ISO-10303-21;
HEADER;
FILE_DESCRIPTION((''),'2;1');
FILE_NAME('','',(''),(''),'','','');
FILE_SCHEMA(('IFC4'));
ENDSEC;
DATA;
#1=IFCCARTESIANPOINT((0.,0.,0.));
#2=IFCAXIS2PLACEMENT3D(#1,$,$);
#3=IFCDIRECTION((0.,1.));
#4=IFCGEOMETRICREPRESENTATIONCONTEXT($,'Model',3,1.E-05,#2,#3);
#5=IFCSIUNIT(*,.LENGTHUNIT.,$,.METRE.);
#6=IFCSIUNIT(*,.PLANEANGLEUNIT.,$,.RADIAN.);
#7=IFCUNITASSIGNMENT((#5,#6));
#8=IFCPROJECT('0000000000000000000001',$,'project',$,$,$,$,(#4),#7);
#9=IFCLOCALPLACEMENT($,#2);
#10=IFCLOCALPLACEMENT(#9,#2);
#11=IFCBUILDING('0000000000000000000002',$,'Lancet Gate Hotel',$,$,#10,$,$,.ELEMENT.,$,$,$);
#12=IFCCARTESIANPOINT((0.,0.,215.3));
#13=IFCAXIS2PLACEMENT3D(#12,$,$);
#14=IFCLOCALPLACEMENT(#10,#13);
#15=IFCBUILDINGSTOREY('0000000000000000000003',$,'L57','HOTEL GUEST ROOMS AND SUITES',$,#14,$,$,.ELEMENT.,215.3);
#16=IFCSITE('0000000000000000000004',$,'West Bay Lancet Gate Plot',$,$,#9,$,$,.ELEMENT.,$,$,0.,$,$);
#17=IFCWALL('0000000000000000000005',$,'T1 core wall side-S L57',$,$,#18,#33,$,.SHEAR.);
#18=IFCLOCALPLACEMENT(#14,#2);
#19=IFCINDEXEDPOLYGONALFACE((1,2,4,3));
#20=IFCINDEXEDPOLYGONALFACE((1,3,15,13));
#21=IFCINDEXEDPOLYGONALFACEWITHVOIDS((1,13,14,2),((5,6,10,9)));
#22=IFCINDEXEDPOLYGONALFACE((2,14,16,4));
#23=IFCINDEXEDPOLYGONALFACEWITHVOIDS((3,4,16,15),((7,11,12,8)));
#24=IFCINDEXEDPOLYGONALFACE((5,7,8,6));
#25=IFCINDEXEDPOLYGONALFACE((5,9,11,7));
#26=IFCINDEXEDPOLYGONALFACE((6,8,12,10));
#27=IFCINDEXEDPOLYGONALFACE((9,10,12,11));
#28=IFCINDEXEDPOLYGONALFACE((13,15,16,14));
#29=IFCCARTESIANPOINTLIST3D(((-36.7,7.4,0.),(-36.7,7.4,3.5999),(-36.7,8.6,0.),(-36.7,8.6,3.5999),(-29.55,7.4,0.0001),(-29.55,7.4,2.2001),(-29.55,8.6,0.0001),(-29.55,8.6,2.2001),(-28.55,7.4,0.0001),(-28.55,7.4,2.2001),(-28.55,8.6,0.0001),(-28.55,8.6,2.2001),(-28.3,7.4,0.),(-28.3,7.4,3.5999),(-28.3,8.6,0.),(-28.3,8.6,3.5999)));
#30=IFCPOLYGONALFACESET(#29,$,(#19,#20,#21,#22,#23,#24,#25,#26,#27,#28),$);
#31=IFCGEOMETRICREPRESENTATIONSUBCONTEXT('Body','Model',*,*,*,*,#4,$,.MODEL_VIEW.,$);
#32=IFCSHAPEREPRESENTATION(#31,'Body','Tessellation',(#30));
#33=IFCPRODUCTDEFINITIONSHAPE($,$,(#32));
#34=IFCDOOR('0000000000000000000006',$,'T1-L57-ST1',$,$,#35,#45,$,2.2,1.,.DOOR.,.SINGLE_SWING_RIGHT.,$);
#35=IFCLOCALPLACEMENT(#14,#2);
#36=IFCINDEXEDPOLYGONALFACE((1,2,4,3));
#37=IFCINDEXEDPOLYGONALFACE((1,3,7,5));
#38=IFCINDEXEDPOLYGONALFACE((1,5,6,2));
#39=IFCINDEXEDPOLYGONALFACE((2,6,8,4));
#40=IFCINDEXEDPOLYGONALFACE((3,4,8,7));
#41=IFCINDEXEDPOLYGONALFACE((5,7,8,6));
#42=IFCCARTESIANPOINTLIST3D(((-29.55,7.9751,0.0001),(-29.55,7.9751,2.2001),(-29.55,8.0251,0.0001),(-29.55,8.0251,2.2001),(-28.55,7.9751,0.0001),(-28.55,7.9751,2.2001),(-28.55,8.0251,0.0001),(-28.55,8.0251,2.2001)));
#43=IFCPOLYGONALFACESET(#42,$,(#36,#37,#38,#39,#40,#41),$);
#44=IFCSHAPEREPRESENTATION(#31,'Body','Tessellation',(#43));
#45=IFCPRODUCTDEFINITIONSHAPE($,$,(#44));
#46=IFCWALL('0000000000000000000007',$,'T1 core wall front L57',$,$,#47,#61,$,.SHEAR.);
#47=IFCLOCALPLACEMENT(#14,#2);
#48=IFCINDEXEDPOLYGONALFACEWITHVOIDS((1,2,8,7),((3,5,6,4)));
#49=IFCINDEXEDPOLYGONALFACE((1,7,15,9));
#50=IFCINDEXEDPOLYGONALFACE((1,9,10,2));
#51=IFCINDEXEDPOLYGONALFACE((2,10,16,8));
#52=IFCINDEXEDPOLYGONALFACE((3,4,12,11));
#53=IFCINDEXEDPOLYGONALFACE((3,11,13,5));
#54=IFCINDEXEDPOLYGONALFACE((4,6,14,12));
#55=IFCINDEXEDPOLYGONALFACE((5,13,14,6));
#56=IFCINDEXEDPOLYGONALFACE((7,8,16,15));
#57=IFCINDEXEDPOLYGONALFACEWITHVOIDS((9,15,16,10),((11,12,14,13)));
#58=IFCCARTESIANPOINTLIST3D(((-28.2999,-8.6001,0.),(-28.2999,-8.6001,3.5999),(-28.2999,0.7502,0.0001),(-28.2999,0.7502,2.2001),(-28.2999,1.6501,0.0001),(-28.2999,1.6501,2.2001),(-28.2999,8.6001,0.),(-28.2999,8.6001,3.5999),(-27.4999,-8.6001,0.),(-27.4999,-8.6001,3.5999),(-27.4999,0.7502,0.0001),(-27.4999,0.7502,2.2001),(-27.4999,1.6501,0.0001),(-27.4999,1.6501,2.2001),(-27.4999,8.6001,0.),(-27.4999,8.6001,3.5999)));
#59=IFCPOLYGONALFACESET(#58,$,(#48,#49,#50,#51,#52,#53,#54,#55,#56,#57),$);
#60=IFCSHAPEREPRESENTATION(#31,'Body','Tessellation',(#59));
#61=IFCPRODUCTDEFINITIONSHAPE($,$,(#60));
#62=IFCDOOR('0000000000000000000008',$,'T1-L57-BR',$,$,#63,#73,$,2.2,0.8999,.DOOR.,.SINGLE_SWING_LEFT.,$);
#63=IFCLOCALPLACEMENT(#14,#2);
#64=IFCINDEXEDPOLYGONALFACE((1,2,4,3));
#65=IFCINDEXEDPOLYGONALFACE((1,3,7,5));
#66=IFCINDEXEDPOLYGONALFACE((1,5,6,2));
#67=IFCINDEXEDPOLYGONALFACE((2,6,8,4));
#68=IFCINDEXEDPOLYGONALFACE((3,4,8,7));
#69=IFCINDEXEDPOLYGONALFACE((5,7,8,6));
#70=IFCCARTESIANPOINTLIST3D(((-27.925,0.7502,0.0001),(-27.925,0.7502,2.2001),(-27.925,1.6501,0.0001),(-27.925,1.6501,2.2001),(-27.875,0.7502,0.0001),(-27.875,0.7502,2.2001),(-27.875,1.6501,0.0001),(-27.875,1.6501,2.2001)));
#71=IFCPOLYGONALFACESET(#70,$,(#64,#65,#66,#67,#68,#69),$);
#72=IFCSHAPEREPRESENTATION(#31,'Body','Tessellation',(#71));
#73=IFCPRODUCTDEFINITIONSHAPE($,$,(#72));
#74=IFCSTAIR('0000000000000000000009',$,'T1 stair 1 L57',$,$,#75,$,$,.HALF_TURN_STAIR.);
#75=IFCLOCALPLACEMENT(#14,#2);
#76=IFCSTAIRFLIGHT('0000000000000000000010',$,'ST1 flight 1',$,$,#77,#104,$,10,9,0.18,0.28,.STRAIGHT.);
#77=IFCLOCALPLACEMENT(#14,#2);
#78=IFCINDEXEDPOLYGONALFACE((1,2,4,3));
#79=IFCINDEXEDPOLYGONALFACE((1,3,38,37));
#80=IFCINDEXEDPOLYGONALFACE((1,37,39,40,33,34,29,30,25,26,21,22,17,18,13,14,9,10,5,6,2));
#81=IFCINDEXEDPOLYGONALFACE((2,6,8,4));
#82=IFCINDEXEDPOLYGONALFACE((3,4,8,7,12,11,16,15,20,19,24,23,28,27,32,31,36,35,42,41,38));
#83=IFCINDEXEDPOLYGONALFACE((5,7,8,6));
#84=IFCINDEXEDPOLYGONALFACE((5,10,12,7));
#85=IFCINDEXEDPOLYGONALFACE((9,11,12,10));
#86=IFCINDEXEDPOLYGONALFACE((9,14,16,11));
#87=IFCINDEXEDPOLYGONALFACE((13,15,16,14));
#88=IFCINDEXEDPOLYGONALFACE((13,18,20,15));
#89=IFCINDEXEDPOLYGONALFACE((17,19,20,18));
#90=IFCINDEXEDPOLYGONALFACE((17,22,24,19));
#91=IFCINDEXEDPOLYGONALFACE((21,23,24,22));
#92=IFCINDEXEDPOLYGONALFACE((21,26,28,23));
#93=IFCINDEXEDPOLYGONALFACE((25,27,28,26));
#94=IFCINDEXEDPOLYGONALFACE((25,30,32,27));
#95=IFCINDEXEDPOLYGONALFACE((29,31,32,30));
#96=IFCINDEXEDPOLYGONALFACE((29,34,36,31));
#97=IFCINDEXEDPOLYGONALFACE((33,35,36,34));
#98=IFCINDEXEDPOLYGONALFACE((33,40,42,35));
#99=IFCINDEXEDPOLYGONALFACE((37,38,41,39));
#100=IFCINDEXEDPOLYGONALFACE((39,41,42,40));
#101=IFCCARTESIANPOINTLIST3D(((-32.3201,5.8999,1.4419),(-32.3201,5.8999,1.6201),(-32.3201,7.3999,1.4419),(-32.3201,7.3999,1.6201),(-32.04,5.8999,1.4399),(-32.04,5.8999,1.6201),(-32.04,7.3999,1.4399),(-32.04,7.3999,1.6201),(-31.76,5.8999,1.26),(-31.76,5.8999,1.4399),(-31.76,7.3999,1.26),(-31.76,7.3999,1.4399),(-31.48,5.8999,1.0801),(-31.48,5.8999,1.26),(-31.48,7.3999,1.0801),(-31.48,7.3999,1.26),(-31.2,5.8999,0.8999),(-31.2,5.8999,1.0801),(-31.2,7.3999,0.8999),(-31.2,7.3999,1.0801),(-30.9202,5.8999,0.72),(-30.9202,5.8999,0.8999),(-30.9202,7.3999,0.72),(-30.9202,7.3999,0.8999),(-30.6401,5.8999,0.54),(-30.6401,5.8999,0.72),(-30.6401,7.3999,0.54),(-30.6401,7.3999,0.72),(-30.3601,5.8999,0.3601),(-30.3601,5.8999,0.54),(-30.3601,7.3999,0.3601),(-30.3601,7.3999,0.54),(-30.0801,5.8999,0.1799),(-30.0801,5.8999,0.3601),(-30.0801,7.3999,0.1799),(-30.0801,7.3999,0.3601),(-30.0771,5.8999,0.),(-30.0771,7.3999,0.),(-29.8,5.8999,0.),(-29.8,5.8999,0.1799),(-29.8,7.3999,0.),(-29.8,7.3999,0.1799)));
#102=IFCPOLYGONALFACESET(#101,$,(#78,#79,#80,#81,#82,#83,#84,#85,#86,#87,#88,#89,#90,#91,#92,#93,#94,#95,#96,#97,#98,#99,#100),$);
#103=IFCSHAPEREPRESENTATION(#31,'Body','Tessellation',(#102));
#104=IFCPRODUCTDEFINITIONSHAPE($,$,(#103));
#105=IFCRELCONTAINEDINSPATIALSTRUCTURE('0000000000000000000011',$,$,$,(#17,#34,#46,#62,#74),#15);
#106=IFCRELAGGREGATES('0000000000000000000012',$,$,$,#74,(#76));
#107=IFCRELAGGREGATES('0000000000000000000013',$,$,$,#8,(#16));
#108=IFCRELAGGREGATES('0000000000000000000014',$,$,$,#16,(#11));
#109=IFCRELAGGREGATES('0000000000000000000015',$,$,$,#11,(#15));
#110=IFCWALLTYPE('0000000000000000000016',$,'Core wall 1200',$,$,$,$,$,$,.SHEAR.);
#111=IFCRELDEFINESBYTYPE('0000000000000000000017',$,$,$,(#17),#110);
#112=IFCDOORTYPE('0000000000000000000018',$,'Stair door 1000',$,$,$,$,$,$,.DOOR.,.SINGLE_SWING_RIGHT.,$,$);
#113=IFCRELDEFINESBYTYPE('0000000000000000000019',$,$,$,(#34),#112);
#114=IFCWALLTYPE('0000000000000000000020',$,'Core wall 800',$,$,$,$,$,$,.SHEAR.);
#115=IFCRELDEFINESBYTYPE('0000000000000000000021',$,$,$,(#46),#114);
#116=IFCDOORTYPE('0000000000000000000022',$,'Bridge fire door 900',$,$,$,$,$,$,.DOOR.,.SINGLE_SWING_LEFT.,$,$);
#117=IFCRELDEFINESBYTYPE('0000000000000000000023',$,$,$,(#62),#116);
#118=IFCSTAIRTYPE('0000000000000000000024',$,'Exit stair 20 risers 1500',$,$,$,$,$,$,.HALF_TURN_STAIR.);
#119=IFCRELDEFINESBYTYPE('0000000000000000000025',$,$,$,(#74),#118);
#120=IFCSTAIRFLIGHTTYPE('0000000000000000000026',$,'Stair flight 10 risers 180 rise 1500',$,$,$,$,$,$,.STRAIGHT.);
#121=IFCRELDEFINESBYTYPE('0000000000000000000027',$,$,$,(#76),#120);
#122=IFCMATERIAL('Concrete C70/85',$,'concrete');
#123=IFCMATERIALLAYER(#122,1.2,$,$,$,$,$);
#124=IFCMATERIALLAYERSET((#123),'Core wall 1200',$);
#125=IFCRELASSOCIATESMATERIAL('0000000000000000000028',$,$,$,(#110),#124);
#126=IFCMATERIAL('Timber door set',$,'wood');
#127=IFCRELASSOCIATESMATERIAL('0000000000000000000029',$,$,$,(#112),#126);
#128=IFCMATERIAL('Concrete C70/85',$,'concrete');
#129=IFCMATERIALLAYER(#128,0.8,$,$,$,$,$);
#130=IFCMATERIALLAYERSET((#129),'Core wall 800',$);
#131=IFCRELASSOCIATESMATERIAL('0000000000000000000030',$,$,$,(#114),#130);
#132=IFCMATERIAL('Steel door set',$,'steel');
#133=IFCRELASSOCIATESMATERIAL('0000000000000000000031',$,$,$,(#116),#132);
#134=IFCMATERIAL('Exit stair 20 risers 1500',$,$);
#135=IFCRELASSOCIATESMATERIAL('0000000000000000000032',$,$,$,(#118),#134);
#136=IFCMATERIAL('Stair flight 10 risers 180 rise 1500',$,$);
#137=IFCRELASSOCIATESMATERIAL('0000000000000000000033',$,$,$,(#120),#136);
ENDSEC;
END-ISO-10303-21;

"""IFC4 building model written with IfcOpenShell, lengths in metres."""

from ifc_helpers import new_model, si_unit, direction, frame, frame_2d, origin, place, context, subcontext, project, spatial, polyline, rectangle, outline, extrude, material, layer, layer_set, type_object, element, fill, aggregate, save


model = new_model("IFC4")

# Units and contexts
model_context = context("Model", 3, precision=1e-05, world=origin(), true_north=direction((0.0, 1.0)))
body_context = subcontext(model_context, "Body", "Model", "MODEL_VIEW")
ifc_project = project(units=[si_unit("LENGTHUNIT", "METRE"), si_unit("PLANEANGLEUNIT", "RADIAN")], contexts=[model_context])

# Site, building, storey
site_placement = place(None, origin())
site = spatial("IfcSite", under=ifc_project, at=site_placement, Name="West Bay Lancet Gate Plot", CompositionType="ELEMENT", RefElevation=0.0)
building_placement = place(site_placement, origin())
building = spatial("IfcBuilding", under=site, at=building_placement, Name="Lancet Gate Hotel", CompositionType="ELEMENT")
storey_placement = place(building_placement, frame((0.0, 0.0, 215.3)))
storey = spatial("IfcBuildingStorey", under=building, at=storey_placement, Name="L57", Description="HOTEL GUEST ROOMS AND SUITES", CompositionType="ELEMENT", Elevation=215.3)

# Walls, openings, doors
ifc_material_1 = material(Name="Concrete C70/85", Category="concrete")
ifc_layer_1 = layer(ifc_material_1, 1.2)
ifc_layer_set_1 = layer_set([ifc_layer_1], Name="Core wall 1200")
wall_type_1 = type_object("IfcWallType", Name="Core wall 1200", PredefinedType="SHEAR", material=ifc_layer_set_1)
wall_1_placement = place(storey_placement, frame((-28.3, 8.0, 0.0), z_axis=(0.0, 0.0, 1.0), x_axis=(-1.0, 0.0, 0.0)))
wall_1 = element("IfcWall", 1, at=wall_1_placement, inside=storey, type_object=wall_type_1, Name="T1 core wall side-S L57", PredefinedType="SHEAR", context=body_context, shape_type="SweptSolid", body=[
    extrude(rectangle(XDim=8.3999, YDim=1.2, at=frame_2d((4.2, 0.0))), origin(), (0.0, 0.0, 1.0), 3.5999),
])
opening_1_placement = place(wall_1_placement, frame((0.25, 0.0, 0.0)))
opening_1 = element("IfcOpeningElement", 2, at=opening_1_placement, cuts=wall_1, PredefinedType="OPENING", context=body_context, shape_type="SweptSolid", body=[
    extrude(rectangle(XDim=1.0, YDim=2.2, at=frame_2d((0.5, 1.1001))), frame((0.0, 0.6099, 0.0), z_axis=(0.0, -1.0, 0.0), x_axis=(1.0, 0.0, 0.0)), (0.0, 0.0, 1.0), 1.22),
])
ifc_material_2 = material(Name="Timber door set", Category="wood")
door_type_1 = type_object("IfcDoorType", Name="Stair door 1000", OperationType="SINGLE_SWING_RIGHT", PredefinedType="DOOR", material=ifc_material_2)
door_1_placement = place(opening_1_placement, origin())
door_1 = element("IfcDoor", 3, at=door_1_placement, inside=storey, type_object=door_type_1, Name="T1-L57-ST1", OperationType="SINGLE_SWING_RIGHT", OverallHeight=2.2, OverallWidth=1.0, PredefinedType="DOOR", context=body_context, shape_type="SweptSolid", body=[
    extrude(rectangle(XDim=1.0, YDim=2.2, at=frame_2d((0.5, 1.1001))), frame((0.0, 0.0249, 0.0), z_axis=(0.0, -1.0, 0.0), x_axis=(1.0, 0.0, 0.0)), (0.0, 0.0, 1.0), 0.05),
])
fill(opening_1, door_1)
ifc_material_3 = material(Name="Concrete C70/85", Category="concrete")
ifc_layer_2 = layer(ifc_material_3, 0.8)
ifc_layer_set_2 = layer_set([ifc_layer_2], Name="Core wall 800")
wall_type_2 = type_object("IfcWallType", Name="Core wall 800", PredefinedType="SHEAR", material=ifc_layer_set_2)
wall_2_placement = place(storey_placement, frame((-27.8999, 8.6001, 0.0), z_axis=(0.0, 0.0, 1.0), x_axis=(0.0, -1.0, 0.0)))
wall_2 = element("IfcWall", 4, at=wall_2_placement, inside=storey, type_object=wall_type_2, Name="T1 core wall front L57", PredefinedType="SHEAR", context=body_context, shape_type="SweptSolid", body=[
    extrude(rectangle(XDim=17.2002, YDim=0.8, at=frame_2d((8.6001, 0.0))), origin(), (0.0, 0.0, 1.0), 3.5999),
])
opening_2_placement = place(wall_2_placement, frame((6.95, 0.0, 0.0)))
opening_2 = element("IfcOpeningElement", 5, at=opening_2_placement, cuts=wall_2, PredefinedType="OPENING", context=body_context, shape_type="SweptSolid", body=[
    extrude(rectangle(XDim=0.8999, YDim=2.2, at=frame_2d((0.45, 1.1001))), frame((0.0, 0.4099, 0.0), z_axis=(0.0, -1.0, 0.0), x_axis=(1.0, 0.0, 0.0)), (0.0, 0.0, 1.0), 0.8201),
])
ifc_material_4 = material(Name="Steel door set", Category="steel")
door_type_2 = type_object("IfcDoorType", Name="Bridge fire door 900", OperationType="SINGLE_SWING_LEFT", PredefinedType="DOOR", material=ifc_material_4)
door_2_placement = place(opening_2_placement, origin())
door_2 = element("IfcDoor", 6, at=door_2_placement, inside=storey, type_object=door_type_2, Name="T1-L57-BR", OperationType="SINGLE_SWING_LEFT", OverallHeight=2.2, OverallWidth=0.8999, PredefinedType="DOOR", context=body_context, shape_type="SweptSolid", body=[
    extrude(rectangle(XDim=0.8999, YDim=2.2, at=frame_2d((0.45, 1.1001))), frame((0.0, 0.0249, 0.0), z_axis=(0.0, -1.0, 0.0), x_axis=(1.0, 0.0, 0.0)), (0.0, 0.0, 1.0), 0.05),
])
fill(opening_2, door_2)

# Stair, stair flight
ifc_material_5 = material(Name="Exit stair 20 risers 1500")
stair_type = type_object("IfcStairType", Name="Exit stair 20 risers 1500", PredefinedType="HALF_TURN_STAIR", material=ifc_material_5)
stair_placement = place(storey_placement, origin())
stair = element("IfcStair", 7, at=stair_placement, inside=storey, type_object=stair_type, Name="T1 stair 1 L57", PredefinedType="HALF_TURN_STAIR")
ifc_material_6 = material(Name="Stair flight 10 risers 180 rise 1500")
stair_flight_type = type_object("IfcStairFlightType", Name="Stair flight 10 risers 180 rise 1500", PredefinedType="STRAIGHT", material=ifc_material_6)
stair_flight_placement = place(storey_placement, frame((-29.8, 6.6499, 0.0), z_axis=(0.0, 0.0, 1.0), x_axis=(-1.0, 0.0, 0.0)))
stair_flight = element("IfcStairFlight", 8, at=stair_flight_placement, type_object=stair_flight_type, Name="ST1 flight 1", NumberOfRisers=10, NumberOfTreads=9, PredefinedType="STRAIGHT", RiserHeight=0.18, TreadLength=0.28, context=body_context, shape_type="SweptSolid", body=[
    extrude(outline(polyline([(0.0, 0.0), (0.0, 0.1799), (0.28, 0.1799), (0.28, 0.3601), (0.5601, 0.3601), (0.5601, 0.54), (0.8401, 0.54), (0.8401, 0.72), (1.1201, 0.72), (1.1201, 0.8999), (1.3999, 0.8999), (1.3999, 1.0801), (1.6799, 1.0801), (1.6799, 1.26), (1.96, 1.26), (1.96, 1.4399), (2.24, 1.4399), (2.24, 1.6201), (2.52, 1.6201), (2.52, 1.8), (2.52, 1.4419), (0.2771, 0.0), (0.0, 0.0)])), frame((0.0, 0.75, 0.0), z_axis=(0.0, -1.0, 0.0), x_axis=(1.0, 0.0, 0.0)), (0.0, 0.0, 1.0), 1.5),
])
aggregate(stair, [stair_flight])

save(model, "model.ifc")
